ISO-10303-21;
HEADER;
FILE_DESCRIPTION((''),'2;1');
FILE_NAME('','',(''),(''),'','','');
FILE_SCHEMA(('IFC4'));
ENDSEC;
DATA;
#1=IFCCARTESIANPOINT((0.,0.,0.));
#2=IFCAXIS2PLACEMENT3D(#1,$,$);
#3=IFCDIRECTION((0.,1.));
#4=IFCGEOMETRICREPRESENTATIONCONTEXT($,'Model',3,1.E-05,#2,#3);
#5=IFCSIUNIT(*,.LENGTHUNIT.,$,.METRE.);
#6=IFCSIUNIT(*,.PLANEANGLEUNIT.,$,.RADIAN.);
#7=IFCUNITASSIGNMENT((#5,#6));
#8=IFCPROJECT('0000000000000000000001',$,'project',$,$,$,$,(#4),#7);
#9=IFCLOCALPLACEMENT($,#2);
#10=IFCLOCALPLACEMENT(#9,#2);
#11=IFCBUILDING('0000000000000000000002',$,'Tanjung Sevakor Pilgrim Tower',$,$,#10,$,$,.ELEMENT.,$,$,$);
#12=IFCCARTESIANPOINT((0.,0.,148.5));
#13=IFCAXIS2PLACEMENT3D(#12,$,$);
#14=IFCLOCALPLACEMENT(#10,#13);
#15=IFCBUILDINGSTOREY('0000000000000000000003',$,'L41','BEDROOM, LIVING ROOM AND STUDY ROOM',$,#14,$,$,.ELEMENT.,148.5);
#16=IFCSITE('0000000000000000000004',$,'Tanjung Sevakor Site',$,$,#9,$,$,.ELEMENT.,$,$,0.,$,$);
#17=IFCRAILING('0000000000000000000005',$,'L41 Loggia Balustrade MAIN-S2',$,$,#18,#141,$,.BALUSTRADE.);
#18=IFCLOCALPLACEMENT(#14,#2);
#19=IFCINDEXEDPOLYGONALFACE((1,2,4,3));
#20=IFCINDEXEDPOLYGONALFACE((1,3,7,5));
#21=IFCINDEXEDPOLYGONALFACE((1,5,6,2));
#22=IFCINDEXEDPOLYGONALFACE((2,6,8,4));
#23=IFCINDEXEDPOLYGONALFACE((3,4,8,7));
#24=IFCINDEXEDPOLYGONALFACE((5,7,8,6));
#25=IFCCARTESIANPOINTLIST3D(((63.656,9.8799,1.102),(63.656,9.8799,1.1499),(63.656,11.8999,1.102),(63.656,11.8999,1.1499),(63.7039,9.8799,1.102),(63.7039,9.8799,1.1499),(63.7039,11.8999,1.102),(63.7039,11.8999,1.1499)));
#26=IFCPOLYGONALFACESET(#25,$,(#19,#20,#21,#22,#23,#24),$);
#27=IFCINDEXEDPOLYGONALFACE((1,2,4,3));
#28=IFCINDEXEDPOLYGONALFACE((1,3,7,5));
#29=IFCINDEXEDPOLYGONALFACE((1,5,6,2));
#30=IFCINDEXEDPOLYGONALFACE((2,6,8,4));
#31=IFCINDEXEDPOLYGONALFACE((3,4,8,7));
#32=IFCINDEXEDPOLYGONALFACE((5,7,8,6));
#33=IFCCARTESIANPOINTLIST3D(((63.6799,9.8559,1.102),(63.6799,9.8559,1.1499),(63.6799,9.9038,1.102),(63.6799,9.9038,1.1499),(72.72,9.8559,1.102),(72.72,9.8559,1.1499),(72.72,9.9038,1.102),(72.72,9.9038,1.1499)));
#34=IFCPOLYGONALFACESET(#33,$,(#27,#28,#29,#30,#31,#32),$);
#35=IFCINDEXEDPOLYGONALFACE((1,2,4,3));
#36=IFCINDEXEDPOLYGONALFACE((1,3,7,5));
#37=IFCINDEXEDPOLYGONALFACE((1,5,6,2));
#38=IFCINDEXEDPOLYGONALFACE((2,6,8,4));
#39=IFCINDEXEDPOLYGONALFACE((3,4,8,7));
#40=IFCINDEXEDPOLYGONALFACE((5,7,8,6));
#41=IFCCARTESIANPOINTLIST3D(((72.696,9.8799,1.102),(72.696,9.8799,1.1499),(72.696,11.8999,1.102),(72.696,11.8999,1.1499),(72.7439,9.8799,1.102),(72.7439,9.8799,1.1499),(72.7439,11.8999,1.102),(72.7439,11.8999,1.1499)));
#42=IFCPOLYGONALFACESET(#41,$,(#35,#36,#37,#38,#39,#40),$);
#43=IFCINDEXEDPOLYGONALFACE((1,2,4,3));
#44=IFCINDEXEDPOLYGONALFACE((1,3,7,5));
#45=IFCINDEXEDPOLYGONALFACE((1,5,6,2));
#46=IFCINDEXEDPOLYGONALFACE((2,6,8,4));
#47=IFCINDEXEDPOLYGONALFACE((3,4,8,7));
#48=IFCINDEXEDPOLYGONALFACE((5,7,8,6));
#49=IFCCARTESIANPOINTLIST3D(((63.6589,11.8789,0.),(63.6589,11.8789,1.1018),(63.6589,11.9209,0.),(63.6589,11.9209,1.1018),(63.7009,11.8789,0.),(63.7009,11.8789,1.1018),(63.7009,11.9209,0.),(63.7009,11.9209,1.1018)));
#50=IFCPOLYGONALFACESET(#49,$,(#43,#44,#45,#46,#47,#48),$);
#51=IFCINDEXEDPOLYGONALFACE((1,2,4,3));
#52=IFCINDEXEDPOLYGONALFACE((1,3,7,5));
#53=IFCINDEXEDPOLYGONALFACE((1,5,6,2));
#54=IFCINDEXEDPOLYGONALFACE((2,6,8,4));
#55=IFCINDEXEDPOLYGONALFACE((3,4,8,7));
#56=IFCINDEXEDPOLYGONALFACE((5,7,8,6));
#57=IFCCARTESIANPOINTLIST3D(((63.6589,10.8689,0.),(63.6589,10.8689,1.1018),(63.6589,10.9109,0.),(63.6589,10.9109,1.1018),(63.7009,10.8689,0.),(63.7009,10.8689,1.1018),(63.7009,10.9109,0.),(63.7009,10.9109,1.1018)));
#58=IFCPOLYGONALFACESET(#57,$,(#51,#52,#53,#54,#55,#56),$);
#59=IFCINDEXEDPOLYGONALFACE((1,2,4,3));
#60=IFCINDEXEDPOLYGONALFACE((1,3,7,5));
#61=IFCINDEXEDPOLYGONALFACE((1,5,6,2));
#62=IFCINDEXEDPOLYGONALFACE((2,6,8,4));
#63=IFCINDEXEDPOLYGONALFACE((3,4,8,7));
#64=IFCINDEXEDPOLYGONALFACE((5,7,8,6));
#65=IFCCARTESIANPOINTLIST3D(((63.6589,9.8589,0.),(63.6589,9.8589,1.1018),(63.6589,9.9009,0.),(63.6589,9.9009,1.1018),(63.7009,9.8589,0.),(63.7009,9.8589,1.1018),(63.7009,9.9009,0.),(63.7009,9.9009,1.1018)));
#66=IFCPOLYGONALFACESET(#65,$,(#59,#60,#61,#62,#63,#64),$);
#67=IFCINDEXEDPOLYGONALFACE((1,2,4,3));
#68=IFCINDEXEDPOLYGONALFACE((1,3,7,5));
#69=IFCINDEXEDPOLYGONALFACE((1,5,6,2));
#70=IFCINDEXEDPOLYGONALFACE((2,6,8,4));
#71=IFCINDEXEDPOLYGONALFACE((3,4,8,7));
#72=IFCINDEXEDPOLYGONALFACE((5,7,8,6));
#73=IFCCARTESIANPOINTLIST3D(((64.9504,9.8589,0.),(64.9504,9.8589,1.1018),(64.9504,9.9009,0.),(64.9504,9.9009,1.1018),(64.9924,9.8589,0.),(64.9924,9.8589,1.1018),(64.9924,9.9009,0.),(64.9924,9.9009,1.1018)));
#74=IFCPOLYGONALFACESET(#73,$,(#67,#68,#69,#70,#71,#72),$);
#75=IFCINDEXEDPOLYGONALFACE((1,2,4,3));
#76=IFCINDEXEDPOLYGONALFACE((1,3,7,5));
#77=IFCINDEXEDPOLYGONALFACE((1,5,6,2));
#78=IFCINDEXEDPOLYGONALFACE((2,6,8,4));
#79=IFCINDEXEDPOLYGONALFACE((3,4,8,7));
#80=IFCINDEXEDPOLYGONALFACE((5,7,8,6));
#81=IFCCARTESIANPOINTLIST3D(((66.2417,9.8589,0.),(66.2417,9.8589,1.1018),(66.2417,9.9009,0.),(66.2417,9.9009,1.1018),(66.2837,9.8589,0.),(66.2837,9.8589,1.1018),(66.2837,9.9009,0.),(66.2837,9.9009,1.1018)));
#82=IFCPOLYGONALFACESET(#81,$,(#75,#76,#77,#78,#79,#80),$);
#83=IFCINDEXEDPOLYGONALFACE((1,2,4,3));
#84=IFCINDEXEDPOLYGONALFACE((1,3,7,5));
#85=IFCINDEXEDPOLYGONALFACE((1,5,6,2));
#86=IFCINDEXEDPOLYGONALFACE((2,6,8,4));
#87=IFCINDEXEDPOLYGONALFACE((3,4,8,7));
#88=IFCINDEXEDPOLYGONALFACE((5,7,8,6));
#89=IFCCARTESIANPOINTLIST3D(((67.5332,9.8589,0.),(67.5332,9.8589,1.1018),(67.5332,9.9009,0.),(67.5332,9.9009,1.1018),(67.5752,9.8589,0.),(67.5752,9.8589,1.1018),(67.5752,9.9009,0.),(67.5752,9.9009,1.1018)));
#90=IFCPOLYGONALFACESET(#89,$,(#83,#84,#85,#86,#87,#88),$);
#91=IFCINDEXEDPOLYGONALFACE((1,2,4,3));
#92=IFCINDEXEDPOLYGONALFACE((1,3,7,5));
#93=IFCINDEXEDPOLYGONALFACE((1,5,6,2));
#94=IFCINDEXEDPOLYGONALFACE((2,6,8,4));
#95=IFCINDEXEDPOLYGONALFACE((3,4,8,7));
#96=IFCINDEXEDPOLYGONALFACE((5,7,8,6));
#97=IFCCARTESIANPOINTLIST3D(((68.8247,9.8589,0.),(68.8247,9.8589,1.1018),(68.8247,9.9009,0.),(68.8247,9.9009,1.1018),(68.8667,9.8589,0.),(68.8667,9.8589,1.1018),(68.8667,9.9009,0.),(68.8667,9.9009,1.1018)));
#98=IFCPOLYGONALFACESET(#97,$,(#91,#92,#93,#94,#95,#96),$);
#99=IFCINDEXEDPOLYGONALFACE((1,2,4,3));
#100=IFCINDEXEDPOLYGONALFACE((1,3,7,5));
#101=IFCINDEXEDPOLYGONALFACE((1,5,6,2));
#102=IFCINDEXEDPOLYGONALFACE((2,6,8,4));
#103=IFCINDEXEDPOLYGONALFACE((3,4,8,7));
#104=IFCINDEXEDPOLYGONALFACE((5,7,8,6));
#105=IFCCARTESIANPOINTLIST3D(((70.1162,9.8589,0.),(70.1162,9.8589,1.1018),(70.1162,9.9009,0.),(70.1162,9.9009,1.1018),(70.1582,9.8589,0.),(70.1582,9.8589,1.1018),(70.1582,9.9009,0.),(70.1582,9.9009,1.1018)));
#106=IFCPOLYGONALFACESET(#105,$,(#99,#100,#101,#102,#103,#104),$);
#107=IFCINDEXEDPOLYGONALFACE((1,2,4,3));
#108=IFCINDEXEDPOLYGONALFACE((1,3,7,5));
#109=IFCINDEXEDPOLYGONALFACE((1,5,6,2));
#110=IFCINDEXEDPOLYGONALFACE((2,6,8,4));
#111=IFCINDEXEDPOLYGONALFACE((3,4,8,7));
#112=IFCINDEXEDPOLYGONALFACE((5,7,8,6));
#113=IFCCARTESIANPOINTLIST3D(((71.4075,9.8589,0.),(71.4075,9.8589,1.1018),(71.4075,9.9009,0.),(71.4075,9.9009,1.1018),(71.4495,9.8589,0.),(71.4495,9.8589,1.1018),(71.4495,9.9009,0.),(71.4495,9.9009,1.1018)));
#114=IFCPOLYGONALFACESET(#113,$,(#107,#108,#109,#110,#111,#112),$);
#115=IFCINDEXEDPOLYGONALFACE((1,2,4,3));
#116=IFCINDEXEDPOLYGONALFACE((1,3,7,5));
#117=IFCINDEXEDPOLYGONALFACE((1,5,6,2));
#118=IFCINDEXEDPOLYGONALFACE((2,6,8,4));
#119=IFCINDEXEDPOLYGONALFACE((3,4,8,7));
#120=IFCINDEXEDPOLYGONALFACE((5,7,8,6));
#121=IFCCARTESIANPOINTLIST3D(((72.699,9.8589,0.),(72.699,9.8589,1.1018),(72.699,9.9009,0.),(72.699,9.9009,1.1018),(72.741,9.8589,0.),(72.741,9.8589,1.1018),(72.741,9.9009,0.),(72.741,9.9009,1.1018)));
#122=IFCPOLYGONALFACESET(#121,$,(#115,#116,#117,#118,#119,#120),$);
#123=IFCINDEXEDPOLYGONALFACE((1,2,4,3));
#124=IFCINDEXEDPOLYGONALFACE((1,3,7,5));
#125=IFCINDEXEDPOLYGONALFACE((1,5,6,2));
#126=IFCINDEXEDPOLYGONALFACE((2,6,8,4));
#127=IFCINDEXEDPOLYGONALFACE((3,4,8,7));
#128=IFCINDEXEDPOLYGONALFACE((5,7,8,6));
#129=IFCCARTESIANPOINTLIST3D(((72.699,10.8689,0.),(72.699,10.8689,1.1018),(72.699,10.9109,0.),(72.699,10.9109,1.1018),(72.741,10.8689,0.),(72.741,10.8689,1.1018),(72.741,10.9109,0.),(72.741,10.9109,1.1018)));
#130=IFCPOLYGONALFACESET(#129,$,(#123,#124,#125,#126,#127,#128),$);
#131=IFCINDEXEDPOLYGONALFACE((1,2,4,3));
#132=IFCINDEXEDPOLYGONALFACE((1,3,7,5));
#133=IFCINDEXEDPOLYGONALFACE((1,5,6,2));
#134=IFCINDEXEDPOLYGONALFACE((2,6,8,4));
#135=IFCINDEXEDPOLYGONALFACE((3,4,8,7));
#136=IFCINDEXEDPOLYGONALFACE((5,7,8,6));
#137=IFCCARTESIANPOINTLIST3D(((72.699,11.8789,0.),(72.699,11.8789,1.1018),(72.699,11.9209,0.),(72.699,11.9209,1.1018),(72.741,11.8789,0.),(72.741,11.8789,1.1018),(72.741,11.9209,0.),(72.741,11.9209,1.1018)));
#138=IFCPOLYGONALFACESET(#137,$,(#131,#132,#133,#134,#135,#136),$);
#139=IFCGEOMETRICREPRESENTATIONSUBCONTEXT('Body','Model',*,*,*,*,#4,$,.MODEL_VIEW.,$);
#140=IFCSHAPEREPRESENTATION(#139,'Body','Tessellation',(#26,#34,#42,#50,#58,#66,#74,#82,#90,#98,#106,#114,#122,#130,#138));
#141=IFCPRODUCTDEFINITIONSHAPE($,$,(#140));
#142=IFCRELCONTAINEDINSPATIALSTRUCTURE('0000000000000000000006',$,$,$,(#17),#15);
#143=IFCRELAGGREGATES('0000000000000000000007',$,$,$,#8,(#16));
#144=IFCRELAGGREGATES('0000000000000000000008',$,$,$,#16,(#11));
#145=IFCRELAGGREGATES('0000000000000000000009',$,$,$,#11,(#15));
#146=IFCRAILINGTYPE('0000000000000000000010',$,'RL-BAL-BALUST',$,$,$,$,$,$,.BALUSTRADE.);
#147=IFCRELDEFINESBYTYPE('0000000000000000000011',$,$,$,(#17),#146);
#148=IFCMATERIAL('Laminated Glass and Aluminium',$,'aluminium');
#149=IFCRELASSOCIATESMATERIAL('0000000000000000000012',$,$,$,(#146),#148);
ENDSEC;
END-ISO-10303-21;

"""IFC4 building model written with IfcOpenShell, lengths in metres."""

from ifc_helpers import new_model, si_unit, direction, frame, origin, place, context, subcontext, project, spatial, rectangle, extrude, material, type_object, element, save


model = new_model("IFC4")

# Units and contexts
model_context = context("Model", 3, precision=1e-05, world=origin(), true_north=direction((0.0, 1.0)))
body_context = subcontext(model_context, "Body", "Model", "MODEL_VIEW")
ifc_project = project(units=[si_unit("LENGTHUNIT", "METRE"), si_unit("PLANEANGLEUNIT", "RADIAN")], contexts=[model_context])

# Site, building, storey
site_placement = place(None, origin())
site = spatial("IfcSite", under=ifc_project, at=site_placement, Name="Tanjung Sevakor Site", CompositionType="ELEMENT", RefElevation=0.0)
building_placement = place(site_placement, origin())
building = spatial("IfcBuilding", under=site, at=building_placement, Name="Tanjung Sevakor Pilgrim Tower", CompositionType="ELEMENT")
storey_placement = place(building_placement, frame((0.0, 0.0, 148.5)))
storey = spatial("IfcBuildingStorey", under=building, at=storey_placement, Name="L41", Description="BEDROOM, LIVING ROOM AND STUDY ROOM", CompositionType="ELEMENT", Elevation=148.5)

# Railing
ifc_material_1 = material(Name="Laminated Glass and Aluminium", Category="aluminium")
railing_type = type_object("IfcRailingType", Name="RL-BAL-BALUST", PredefinedType="BALUSTRADE", material=ifc_material_1)
railing_placement = place(storey_placement, frame((63.6799, 11.8999, 0.0)))
element("IfcRailing", 1, at=railing_placement, inside=storey, type_object=railing_type, Name="L41 Loggia Balustrade MAIN-S2", PredefinedType="BALUSTRADE", context=body_context, shape_type="SweptSolid", body=[
    extrude(rectangle(XDim=0.0479, YDim=0.0479), frame((0.0, 0.0, 1.126), z_axis=(0.0, -1.0, 0.0), x_axis=(1.0, 0.0, 0.0)), (0.0, 0.0, 1.0), 2.02),
    extrude(rectangle(XDim=0.0479, YDim=0.0479), frame((0.0, -2.02, 1.126), z_axis=(1.0, 0.0, 0.0), x_axis=(0.0, 1.0, 0.0)), (0.0, 0.0, 1.0), 9.04),
    extrude(rectangle(XDim=0.0479, YDim=0.0479), frame((9.04, -2.02, 1.126), z_axis=(0.0, 1.0, 0.0), x_axis=(-1.0, 0.0, 0.0)), (0.0, 0.0, 1.0), 2.02),
    extrude(rectangle(XDim=0.042, YDim=0.042), origin(), (0.0, 0.0, 1.0), 1.1018),
    extrude(rectangle(XDim=0.042, YDim=0.042), frame((0.0, -1.01, 0.0)), (0.0, 0.0, 1.0), 1.1018),
    extrude(rectangle(XDim=0.042, YDim=0.042), frame((0.0, -2.02, 0.0)), (0.0, 0.0, 1.0), 1.1018),
    extrude(rectangle(XDim=0.042, YDim=0.042), frame((1.2915, -2.02, 0.0)), (0.0, 0.0, 1.0), 1.1018),
    extrude(rectangle(XDim=0.042, YDim=0.042), frame((2.5828, -2.02, 0.0)), (0.0, 0.0, 1.0), 1.1018),
    extrude(rectangle(XDim=0.042, YDim=0.042), frame((3.8743, -2.02, 0.0)), (0.0, 0.0, 1.0), 1.1018),
    extrude(rectangle(XDim=0.042, YDim=0.042), frame((5.1658, -2.02, 0.0)), (0.0, 0.0, 1.0), 1.1018),
    extrude(rectangle(XDim=0.042, YDim=0.042), frame((6.4573, -2.02, 0.0)), (0.0, 0.0, 1.0), 1.1018),
    extrude(rectangle(XDim=0.042, YDim=0.042), frame((7.7485, -2.02, 0.0)), (0.0, 0.0, 1.0), 1.1018),
    extrude(rectangle(XDim=0.042, YDim=0.042), frame((9.04, -2.02, 0.0)), (0.0, 0.0, 1.0), 1.1018),
    extrude(rectangle(XDim=0.042, YDim=0.042), frame((9.04, -1.01, 0.0)), (0.0, 0.0, 1.0), 1.1018),
    extrude(rectangle(XDim=0.042, YDim=0.042), frame((9.04, 0.0, 0.0)), (0.0, 0.0, 1.0), 1.1018),
])

save(model, "model.ifc")
